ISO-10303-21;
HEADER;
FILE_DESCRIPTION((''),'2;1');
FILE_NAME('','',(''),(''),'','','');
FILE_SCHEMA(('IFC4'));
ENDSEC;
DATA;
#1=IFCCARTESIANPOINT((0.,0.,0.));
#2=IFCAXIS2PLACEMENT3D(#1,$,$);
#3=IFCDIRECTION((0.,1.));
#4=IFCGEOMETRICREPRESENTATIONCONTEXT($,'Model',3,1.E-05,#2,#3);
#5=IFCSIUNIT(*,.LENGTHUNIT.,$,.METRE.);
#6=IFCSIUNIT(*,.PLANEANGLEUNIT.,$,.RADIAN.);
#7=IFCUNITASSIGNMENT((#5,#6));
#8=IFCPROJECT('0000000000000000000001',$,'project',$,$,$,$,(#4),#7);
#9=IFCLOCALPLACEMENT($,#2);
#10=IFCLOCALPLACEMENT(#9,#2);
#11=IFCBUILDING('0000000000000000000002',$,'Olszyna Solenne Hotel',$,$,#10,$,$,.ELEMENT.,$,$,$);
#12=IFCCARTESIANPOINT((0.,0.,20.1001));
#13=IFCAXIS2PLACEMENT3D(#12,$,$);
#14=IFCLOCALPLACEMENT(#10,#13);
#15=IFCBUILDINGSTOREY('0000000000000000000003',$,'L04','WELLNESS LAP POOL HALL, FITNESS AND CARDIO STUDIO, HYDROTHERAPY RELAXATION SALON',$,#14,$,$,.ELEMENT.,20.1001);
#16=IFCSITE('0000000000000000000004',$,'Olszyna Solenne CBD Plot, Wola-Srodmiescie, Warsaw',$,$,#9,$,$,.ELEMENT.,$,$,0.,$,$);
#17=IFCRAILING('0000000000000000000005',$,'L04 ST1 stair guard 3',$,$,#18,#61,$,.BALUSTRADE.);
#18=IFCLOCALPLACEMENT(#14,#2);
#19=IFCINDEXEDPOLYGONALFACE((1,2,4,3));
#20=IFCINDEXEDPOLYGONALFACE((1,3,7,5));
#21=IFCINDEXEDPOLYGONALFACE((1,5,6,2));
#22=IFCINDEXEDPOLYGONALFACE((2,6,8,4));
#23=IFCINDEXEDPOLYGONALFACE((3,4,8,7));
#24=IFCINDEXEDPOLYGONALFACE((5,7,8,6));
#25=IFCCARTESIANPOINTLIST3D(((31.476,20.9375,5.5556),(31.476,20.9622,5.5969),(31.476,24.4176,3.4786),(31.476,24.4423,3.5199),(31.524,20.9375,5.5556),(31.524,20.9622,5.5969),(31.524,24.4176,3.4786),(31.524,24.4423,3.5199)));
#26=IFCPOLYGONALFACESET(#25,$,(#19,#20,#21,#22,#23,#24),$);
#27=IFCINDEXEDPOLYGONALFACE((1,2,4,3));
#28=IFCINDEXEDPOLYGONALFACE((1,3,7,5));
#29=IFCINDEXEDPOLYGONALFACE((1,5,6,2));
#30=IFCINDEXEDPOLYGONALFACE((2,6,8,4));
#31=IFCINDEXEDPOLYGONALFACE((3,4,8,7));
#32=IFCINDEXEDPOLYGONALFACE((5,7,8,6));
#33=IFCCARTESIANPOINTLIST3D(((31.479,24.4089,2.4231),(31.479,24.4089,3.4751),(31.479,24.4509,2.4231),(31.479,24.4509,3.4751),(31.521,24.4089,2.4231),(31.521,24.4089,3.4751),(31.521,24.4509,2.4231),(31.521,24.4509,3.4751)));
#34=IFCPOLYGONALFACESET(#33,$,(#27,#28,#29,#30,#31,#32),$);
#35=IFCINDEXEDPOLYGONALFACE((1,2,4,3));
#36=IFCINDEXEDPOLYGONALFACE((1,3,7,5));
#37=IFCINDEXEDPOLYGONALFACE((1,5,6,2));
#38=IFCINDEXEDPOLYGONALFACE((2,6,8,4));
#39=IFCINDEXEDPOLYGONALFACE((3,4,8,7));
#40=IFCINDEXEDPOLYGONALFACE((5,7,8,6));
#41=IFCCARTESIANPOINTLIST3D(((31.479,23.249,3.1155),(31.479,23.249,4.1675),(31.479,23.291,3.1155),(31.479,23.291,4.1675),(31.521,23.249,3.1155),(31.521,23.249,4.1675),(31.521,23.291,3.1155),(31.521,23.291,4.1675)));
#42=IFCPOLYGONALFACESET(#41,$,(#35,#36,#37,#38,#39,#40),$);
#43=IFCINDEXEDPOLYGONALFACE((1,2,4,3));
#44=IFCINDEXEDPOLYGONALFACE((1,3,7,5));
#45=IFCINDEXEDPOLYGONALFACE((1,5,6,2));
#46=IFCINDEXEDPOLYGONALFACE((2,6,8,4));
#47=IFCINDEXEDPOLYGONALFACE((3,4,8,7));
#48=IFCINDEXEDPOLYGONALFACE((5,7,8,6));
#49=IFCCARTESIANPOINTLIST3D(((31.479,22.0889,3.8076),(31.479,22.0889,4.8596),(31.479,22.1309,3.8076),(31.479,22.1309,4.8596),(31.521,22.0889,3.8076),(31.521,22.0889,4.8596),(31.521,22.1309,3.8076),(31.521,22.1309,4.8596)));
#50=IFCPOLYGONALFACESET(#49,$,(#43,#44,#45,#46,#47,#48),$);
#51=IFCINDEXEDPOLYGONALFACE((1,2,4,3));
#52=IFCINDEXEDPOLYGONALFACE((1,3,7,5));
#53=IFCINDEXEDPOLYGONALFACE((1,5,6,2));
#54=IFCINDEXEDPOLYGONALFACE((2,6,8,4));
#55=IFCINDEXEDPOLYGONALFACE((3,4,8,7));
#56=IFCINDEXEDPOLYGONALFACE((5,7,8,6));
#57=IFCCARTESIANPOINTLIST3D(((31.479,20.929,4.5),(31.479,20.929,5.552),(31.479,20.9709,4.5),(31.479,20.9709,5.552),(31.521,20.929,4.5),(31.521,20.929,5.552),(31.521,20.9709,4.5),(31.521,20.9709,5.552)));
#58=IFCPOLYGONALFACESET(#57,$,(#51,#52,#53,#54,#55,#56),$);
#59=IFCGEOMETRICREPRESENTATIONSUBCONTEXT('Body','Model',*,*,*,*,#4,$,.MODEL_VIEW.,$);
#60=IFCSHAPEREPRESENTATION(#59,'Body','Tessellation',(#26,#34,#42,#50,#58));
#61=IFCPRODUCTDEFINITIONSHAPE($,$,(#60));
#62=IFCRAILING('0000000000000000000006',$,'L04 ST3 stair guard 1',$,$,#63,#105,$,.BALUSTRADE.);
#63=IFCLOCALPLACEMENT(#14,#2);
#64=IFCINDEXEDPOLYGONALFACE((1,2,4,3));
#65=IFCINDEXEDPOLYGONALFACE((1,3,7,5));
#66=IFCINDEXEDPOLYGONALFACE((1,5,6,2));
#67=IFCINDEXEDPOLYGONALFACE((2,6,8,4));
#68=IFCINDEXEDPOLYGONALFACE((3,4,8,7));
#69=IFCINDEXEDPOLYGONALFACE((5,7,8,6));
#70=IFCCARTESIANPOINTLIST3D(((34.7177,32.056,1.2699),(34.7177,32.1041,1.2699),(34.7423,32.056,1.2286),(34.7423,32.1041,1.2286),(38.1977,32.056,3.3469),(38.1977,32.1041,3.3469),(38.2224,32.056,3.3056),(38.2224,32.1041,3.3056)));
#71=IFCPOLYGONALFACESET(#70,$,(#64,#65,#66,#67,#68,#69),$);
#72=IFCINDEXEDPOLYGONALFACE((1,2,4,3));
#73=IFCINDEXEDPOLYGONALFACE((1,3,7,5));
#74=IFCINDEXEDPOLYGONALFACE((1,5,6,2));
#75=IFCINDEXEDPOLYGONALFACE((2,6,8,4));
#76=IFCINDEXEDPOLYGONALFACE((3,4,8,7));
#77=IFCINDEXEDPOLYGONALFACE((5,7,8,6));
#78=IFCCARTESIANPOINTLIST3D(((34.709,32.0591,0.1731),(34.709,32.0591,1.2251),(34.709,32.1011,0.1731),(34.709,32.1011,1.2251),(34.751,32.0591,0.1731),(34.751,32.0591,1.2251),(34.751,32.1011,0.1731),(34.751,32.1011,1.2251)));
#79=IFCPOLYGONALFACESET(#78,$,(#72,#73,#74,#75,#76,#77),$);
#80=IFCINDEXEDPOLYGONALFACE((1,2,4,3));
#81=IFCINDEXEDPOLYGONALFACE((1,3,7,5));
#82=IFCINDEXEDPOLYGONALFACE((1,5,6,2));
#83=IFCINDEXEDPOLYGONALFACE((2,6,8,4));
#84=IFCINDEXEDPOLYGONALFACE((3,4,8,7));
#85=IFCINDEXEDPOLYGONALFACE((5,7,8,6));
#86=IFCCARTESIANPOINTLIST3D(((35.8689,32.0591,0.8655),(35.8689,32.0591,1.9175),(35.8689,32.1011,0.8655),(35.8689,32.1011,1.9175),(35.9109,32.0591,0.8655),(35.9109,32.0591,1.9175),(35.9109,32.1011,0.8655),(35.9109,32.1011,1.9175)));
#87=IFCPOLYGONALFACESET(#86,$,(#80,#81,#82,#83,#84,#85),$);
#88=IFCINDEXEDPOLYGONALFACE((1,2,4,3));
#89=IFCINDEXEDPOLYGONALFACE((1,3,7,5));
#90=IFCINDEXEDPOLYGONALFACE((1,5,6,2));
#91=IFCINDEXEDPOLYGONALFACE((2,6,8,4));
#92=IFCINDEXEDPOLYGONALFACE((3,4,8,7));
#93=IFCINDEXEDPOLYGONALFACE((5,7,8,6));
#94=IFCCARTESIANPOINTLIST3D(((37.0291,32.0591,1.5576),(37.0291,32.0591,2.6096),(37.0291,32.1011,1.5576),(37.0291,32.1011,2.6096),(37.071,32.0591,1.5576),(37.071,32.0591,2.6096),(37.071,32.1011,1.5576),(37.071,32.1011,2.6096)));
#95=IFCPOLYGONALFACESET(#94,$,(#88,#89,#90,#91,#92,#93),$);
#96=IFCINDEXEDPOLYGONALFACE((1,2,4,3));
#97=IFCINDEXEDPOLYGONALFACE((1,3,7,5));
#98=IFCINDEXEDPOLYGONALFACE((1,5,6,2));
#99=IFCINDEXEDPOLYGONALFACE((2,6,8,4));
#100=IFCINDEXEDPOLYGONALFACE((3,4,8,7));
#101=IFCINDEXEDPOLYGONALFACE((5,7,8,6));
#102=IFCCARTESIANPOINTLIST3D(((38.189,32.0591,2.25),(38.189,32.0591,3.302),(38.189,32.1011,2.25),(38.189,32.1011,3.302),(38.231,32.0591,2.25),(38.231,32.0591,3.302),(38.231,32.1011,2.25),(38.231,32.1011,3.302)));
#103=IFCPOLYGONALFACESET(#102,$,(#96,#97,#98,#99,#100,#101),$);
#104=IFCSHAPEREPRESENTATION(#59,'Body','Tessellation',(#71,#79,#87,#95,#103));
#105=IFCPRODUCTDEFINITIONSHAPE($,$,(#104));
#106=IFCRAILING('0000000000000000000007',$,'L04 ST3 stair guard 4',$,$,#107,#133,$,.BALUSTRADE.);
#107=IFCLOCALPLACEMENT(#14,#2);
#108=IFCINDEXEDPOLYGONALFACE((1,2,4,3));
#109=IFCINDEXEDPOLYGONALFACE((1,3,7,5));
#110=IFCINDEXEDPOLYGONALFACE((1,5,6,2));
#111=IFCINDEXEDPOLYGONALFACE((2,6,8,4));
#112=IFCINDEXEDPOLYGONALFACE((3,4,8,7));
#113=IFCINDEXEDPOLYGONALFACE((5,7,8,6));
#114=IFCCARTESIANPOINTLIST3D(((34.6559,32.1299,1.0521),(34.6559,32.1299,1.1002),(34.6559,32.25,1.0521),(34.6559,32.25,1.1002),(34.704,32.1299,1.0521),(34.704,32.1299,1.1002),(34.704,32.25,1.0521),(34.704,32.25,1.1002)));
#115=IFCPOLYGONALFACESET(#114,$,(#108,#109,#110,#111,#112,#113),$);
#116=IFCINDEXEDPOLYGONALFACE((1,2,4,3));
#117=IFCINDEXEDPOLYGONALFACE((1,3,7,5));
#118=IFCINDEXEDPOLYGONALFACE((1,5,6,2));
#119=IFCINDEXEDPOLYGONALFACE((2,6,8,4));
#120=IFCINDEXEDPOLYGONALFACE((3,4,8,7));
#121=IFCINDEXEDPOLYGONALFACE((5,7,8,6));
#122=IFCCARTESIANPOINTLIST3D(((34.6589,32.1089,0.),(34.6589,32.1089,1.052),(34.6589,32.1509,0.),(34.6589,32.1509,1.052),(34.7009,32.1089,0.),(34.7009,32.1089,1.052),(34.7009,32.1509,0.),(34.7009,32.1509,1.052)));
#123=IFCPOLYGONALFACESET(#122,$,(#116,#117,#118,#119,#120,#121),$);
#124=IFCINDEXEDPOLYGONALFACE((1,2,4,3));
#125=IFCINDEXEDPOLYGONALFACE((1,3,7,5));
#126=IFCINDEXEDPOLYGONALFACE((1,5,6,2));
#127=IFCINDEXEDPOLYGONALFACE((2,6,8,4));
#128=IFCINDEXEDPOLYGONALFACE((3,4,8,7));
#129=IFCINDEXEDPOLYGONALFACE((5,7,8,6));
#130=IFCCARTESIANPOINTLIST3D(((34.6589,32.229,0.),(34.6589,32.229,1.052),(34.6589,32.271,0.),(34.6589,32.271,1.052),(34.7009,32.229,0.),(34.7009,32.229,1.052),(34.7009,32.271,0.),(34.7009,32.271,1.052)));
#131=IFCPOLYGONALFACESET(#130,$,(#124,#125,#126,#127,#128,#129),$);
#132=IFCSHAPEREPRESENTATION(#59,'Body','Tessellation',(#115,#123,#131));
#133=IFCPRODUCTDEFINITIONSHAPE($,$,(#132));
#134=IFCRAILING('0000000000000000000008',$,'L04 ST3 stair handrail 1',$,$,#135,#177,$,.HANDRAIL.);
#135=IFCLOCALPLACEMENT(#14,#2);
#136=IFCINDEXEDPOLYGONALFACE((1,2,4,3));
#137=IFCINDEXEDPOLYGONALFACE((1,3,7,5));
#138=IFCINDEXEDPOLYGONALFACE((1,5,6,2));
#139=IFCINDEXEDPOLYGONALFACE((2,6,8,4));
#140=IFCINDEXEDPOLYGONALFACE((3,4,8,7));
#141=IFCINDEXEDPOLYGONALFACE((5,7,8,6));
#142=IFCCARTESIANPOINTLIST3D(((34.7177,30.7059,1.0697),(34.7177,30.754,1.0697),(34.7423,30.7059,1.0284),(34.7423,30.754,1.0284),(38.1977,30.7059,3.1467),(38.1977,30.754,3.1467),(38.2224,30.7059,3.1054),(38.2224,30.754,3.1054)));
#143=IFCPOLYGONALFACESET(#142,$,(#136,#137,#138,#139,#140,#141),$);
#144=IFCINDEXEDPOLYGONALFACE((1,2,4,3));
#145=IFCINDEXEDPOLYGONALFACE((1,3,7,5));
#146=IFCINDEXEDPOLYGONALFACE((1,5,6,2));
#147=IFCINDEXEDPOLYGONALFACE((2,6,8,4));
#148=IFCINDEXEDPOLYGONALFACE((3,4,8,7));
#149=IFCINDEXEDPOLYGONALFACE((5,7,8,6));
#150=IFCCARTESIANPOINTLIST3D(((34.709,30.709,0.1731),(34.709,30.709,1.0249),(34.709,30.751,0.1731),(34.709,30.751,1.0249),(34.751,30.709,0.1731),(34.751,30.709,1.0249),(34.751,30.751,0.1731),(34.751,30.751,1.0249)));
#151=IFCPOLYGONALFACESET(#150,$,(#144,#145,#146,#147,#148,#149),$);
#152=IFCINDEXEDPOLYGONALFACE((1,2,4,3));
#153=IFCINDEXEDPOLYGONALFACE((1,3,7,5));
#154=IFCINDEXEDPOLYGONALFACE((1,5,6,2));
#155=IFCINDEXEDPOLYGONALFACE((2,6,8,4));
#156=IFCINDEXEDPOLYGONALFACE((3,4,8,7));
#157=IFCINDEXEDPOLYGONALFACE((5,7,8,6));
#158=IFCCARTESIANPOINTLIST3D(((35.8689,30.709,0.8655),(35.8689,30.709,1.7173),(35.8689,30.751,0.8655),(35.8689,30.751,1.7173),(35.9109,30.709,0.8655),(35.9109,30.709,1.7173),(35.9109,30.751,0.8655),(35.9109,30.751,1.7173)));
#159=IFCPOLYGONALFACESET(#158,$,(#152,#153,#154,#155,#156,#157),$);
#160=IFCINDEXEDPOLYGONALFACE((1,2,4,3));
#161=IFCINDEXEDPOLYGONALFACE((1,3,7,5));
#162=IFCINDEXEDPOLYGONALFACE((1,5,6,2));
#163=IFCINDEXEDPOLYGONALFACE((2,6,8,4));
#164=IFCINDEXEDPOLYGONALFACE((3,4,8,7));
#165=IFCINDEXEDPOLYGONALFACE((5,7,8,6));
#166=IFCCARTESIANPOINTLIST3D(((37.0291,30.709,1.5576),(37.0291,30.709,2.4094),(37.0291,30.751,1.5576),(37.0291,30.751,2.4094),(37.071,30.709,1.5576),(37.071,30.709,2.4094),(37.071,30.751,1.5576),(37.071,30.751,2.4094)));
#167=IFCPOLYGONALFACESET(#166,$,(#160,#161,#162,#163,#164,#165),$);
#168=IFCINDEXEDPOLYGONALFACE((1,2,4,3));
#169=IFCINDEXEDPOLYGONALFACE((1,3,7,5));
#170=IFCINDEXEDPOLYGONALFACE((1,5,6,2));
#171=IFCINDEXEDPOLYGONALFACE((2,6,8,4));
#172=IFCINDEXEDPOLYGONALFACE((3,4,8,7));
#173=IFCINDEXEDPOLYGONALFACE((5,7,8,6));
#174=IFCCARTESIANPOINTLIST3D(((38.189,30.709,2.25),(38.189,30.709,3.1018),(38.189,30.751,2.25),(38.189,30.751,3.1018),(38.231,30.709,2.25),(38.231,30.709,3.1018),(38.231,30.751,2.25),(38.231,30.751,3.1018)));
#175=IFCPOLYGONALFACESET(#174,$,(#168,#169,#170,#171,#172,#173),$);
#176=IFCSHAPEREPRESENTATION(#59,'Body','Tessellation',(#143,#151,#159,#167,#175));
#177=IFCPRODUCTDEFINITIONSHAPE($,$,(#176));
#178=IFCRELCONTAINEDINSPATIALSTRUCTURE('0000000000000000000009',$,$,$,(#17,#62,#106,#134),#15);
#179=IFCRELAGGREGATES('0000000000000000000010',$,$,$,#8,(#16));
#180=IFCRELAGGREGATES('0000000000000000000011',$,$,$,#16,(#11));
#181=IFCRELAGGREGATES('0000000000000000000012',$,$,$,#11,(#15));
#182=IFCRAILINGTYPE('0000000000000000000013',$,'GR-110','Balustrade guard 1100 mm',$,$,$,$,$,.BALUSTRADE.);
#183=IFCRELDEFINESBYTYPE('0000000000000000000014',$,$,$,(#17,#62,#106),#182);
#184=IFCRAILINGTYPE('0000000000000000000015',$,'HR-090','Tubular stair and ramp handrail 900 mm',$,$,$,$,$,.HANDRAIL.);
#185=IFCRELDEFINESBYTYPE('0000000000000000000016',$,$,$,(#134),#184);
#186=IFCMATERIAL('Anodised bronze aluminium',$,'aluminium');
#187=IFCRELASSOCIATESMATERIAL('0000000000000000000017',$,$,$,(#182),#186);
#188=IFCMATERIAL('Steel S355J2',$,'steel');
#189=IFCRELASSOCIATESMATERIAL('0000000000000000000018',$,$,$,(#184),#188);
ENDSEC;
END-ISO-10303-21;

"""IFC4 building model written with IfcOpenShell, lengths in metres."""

from ifc_helpers import new_model, si_unit, direction, frame, origin, origin_2d, place, context, subcontext, project, spatial, rectangle, extrude, material, type_object, element, save


model = new_model("IFC4")

# Units and contexts
model_context = context("Model", 3, precision=1e-05, world=origin(), true_north=direction((0.0, 1.0)))
body_context = subcontext(model_context, "Body", "Model", "MODEL_VIEW")
ifc_project = project(units=[si_unit("LENGTHUNIT", "METRE"), si_unit("PLANEANGLEUNIT", "RADIAN")], contexts=[model_context])

# Site, building, storey
site_placement = place(None, origin())
site = spatial("IfcSite", under=ifc_project, at=site_placement, Name="Olszyna Solenne CBD Plot, Wola-Srodmiescie, Warsaw", CompositionType="ELEMENT", RefElevation=0.0)
building_placement = place(site_placement, origin())
building = spatial("IfcBuilding", under=site, at=building_placement, Name="Olszyna Solenne Hotel", CompositionType="ELEMENT")
storey_placement = place(building_placement, frame((0.0, 0.0, 20.1001)))
storey = spatial("IfcBuildingStorey", under=building, at=storey_placement, Name="L04", Description="WELLNESS LAP POOL HALL, FITNESS AND CARDIO STUDIO, HYDROTHERAPY RELAXATION SALON", CompositionType="ELEMENT", Elevation=20.1001)

# Shared definitions
ifc_material_1 = material(Name="Anodised bronze aluminium", Category="aluminium")

# Shared definitions
ifc_material_2 = material(Name="Steel S355J2", Category="steel")

# Railings
railing_type_1 = type_object("IfcRailingType", Name="GR-110", Description="Balustrade guard 1100 mm", PredefinedType="BALUSTRADE", material=ifc_material_1)
railing_1_placement = place(storey_placement, frame((31.5, 24.4299, 2.4231)))
element("IfcRailing", 1, at=railing_1_placement, inside=storey, type_object=railing_type_1, Name="L04 ST1 stair guard 3", PredefinedType="BALUSTRADE", context=body_context, shape_type="SweptSolid", body=[
    extrude(rectangle(XDim=0.0481, YDim=0.0481, at=origin_2d()), frame((0.0, 0.0, 1.0762), z_axis=(0.0, -0.858697, 0.512483), x_axis=(1.0, 0.0, 0.0)), (0.0, 0.0, 1.0), 4.0527),
    extrude(rectangle(XDim=0.042, YDim=0.042, at=origin_2d()), origin(), (0.0, 0.0, 1.0), 1.052),
    extrude(rectangle(XDim=0.042, YDim=0.042, at=origin_2d()), frame((0.0, -1.1599, 0.6924)), (0.0, 0.0, 1.0), 1.052),
    extrude(rectangle(XDim=0.042, YDim=0.042, at=origin_2d()), frame((0.0, -2.3201, 1.3845)), (0.0, 0.0, 1.0), 1.052),
    extrude(rectangle(XDim=0.042, YDim=0.042, at=origin_2d()), frame((0.0, -3.48, 2.0769)), (0.0, 0.0, 1.0), 1.052),
])
railing_2_placement = place(storey_placement, frame((34.73, 32.0801, 0.1731)))
element("IfcRailing", 2, at=railing_2_placement, inside=storey, type_object=railing_type_1, Name="L04 ST3 stair guard 1", PredefinedType="BALUSTRADE", context=body_context, shape_type="SweptSolid", body=[
    extrude(rectangle(XDim=0.0481, YDim=0.0481, at=origin_2d()), frame((0.0, 0.0, 1.0762), z_axis=(0.858697, 0.0, 0.512483), x_axis=(0.0, 1.0, 0.0)), (0.0, 0.0, 1.0), 4.0527),
    extrude(rectangle(XDim=0.042, YDim=0.042, at=origin_2d()), origin(), (0.0, 0.0, 1.0), 1.052),
    extrude(rectangle(XDim=0.042, YDim=0.042, at=origin_2d()), frame((1.1599, 0.0, 0.6924)), (0.0, 0.0, 1.0), 1.052),
    extrude(rectangle(XDim=0.042, YDim=0.042, at=origin_2d()), frame((2.3201, 0.0, 1.3845)), (0.0, 0.0, 1.0), 1.052),
    extrude(rectangle(XDim=0.042, YDim=0.042, at=origin_2d()), frame((3.48, 0.0, 2.0769)), (0.0, 0.0, 1.0), 1.052),
])
railing_3_placement = place(storey_placement, frame((34.6799, 32.1299, 0.0)))
element("IfcRailing", 3, at=railing_3_placement, inside=storey, type_object=railing_type_1, Name="L04 ST3 stair guard 4", PredefinedType="BALUSTRADE", context=body_context, shape_type="SweptSolid", body=[
    extrude(rectangle(XDim=0.0481, YDim=0.0481, at=origin_2d()), frame((0.0, 0.0, 1.0762), z_axis=(0.0, 1.0, 0.0), x_axis=(-1.0, 0.0, 0.0)), (0.0, 0.0, 1.0), 0.1201),
    extrude(rectangle(XDim=0.042, YDim=0.042, at=origin_2d()), origin(), (0.0, 0.0, 1.0), 1.052),
    extrude(rectangle(XDim=0.042, YDim=0.042, at=origin_2d()), frame((0.0, 0.1201, 0.0)), (0.0, 0.0, 1.0), 1.052),
])
railing_type_2 = type_object("IfcRailingType", Name="HR-090", Description="Tubular stair and ramp handrail 900 mm", PredefinedType="HANDRAIL", material=ifc_material_2)
railing_4_placement = place(storey_placement, frame((34.73, 30.73, 0.1731)))
element("IfcRailing", 4, at=railing_4_placement, inside=storey, type_object=railing_type_2, Name="L04 ST3 stair handrail 1", PredefinedType="HANDRAIL", context=body_context, shape_type="SweptSolid", body=[
    extrude(rectangle(XDim=0.0481, YDim=0.0481, at=origin_2d()), frame((0.0, 0.0, 0.876), z_axis=(0.858697, 0.0, 0.512483), x_axis=(0.0, 1.0, 0.0)), (0.0, 0.0, 1.0), 4.0527),
    extrude(rectangle(XDim=0.042, YDim=0.042, at=origin_2d()), origin(), (0.0, 0.0, 1.0), 0.8518),
    extrude(rectangle(XDim=0.042, YDim=0.042, at=origin_2d()), frame((1.1599, 0.0, 0.6924)), (0.0, 0.0, 1.0), 0.8518),
    extrude(rectangle(XDim=0.042, YDim=0.042, at=origin_2d()), frame((2.3201, 0.0, 1.3845)), (0.0, 0.0, 1.0), 0.8518),
    extrude(rectangle(XDim=0.042, YDim=0.042, at=origin_2d()), frame((3.48, 0.0, 2.0769)), (0.0, 0.0, 1.0), 0.8518),
])

save(model, "model.ifc")
